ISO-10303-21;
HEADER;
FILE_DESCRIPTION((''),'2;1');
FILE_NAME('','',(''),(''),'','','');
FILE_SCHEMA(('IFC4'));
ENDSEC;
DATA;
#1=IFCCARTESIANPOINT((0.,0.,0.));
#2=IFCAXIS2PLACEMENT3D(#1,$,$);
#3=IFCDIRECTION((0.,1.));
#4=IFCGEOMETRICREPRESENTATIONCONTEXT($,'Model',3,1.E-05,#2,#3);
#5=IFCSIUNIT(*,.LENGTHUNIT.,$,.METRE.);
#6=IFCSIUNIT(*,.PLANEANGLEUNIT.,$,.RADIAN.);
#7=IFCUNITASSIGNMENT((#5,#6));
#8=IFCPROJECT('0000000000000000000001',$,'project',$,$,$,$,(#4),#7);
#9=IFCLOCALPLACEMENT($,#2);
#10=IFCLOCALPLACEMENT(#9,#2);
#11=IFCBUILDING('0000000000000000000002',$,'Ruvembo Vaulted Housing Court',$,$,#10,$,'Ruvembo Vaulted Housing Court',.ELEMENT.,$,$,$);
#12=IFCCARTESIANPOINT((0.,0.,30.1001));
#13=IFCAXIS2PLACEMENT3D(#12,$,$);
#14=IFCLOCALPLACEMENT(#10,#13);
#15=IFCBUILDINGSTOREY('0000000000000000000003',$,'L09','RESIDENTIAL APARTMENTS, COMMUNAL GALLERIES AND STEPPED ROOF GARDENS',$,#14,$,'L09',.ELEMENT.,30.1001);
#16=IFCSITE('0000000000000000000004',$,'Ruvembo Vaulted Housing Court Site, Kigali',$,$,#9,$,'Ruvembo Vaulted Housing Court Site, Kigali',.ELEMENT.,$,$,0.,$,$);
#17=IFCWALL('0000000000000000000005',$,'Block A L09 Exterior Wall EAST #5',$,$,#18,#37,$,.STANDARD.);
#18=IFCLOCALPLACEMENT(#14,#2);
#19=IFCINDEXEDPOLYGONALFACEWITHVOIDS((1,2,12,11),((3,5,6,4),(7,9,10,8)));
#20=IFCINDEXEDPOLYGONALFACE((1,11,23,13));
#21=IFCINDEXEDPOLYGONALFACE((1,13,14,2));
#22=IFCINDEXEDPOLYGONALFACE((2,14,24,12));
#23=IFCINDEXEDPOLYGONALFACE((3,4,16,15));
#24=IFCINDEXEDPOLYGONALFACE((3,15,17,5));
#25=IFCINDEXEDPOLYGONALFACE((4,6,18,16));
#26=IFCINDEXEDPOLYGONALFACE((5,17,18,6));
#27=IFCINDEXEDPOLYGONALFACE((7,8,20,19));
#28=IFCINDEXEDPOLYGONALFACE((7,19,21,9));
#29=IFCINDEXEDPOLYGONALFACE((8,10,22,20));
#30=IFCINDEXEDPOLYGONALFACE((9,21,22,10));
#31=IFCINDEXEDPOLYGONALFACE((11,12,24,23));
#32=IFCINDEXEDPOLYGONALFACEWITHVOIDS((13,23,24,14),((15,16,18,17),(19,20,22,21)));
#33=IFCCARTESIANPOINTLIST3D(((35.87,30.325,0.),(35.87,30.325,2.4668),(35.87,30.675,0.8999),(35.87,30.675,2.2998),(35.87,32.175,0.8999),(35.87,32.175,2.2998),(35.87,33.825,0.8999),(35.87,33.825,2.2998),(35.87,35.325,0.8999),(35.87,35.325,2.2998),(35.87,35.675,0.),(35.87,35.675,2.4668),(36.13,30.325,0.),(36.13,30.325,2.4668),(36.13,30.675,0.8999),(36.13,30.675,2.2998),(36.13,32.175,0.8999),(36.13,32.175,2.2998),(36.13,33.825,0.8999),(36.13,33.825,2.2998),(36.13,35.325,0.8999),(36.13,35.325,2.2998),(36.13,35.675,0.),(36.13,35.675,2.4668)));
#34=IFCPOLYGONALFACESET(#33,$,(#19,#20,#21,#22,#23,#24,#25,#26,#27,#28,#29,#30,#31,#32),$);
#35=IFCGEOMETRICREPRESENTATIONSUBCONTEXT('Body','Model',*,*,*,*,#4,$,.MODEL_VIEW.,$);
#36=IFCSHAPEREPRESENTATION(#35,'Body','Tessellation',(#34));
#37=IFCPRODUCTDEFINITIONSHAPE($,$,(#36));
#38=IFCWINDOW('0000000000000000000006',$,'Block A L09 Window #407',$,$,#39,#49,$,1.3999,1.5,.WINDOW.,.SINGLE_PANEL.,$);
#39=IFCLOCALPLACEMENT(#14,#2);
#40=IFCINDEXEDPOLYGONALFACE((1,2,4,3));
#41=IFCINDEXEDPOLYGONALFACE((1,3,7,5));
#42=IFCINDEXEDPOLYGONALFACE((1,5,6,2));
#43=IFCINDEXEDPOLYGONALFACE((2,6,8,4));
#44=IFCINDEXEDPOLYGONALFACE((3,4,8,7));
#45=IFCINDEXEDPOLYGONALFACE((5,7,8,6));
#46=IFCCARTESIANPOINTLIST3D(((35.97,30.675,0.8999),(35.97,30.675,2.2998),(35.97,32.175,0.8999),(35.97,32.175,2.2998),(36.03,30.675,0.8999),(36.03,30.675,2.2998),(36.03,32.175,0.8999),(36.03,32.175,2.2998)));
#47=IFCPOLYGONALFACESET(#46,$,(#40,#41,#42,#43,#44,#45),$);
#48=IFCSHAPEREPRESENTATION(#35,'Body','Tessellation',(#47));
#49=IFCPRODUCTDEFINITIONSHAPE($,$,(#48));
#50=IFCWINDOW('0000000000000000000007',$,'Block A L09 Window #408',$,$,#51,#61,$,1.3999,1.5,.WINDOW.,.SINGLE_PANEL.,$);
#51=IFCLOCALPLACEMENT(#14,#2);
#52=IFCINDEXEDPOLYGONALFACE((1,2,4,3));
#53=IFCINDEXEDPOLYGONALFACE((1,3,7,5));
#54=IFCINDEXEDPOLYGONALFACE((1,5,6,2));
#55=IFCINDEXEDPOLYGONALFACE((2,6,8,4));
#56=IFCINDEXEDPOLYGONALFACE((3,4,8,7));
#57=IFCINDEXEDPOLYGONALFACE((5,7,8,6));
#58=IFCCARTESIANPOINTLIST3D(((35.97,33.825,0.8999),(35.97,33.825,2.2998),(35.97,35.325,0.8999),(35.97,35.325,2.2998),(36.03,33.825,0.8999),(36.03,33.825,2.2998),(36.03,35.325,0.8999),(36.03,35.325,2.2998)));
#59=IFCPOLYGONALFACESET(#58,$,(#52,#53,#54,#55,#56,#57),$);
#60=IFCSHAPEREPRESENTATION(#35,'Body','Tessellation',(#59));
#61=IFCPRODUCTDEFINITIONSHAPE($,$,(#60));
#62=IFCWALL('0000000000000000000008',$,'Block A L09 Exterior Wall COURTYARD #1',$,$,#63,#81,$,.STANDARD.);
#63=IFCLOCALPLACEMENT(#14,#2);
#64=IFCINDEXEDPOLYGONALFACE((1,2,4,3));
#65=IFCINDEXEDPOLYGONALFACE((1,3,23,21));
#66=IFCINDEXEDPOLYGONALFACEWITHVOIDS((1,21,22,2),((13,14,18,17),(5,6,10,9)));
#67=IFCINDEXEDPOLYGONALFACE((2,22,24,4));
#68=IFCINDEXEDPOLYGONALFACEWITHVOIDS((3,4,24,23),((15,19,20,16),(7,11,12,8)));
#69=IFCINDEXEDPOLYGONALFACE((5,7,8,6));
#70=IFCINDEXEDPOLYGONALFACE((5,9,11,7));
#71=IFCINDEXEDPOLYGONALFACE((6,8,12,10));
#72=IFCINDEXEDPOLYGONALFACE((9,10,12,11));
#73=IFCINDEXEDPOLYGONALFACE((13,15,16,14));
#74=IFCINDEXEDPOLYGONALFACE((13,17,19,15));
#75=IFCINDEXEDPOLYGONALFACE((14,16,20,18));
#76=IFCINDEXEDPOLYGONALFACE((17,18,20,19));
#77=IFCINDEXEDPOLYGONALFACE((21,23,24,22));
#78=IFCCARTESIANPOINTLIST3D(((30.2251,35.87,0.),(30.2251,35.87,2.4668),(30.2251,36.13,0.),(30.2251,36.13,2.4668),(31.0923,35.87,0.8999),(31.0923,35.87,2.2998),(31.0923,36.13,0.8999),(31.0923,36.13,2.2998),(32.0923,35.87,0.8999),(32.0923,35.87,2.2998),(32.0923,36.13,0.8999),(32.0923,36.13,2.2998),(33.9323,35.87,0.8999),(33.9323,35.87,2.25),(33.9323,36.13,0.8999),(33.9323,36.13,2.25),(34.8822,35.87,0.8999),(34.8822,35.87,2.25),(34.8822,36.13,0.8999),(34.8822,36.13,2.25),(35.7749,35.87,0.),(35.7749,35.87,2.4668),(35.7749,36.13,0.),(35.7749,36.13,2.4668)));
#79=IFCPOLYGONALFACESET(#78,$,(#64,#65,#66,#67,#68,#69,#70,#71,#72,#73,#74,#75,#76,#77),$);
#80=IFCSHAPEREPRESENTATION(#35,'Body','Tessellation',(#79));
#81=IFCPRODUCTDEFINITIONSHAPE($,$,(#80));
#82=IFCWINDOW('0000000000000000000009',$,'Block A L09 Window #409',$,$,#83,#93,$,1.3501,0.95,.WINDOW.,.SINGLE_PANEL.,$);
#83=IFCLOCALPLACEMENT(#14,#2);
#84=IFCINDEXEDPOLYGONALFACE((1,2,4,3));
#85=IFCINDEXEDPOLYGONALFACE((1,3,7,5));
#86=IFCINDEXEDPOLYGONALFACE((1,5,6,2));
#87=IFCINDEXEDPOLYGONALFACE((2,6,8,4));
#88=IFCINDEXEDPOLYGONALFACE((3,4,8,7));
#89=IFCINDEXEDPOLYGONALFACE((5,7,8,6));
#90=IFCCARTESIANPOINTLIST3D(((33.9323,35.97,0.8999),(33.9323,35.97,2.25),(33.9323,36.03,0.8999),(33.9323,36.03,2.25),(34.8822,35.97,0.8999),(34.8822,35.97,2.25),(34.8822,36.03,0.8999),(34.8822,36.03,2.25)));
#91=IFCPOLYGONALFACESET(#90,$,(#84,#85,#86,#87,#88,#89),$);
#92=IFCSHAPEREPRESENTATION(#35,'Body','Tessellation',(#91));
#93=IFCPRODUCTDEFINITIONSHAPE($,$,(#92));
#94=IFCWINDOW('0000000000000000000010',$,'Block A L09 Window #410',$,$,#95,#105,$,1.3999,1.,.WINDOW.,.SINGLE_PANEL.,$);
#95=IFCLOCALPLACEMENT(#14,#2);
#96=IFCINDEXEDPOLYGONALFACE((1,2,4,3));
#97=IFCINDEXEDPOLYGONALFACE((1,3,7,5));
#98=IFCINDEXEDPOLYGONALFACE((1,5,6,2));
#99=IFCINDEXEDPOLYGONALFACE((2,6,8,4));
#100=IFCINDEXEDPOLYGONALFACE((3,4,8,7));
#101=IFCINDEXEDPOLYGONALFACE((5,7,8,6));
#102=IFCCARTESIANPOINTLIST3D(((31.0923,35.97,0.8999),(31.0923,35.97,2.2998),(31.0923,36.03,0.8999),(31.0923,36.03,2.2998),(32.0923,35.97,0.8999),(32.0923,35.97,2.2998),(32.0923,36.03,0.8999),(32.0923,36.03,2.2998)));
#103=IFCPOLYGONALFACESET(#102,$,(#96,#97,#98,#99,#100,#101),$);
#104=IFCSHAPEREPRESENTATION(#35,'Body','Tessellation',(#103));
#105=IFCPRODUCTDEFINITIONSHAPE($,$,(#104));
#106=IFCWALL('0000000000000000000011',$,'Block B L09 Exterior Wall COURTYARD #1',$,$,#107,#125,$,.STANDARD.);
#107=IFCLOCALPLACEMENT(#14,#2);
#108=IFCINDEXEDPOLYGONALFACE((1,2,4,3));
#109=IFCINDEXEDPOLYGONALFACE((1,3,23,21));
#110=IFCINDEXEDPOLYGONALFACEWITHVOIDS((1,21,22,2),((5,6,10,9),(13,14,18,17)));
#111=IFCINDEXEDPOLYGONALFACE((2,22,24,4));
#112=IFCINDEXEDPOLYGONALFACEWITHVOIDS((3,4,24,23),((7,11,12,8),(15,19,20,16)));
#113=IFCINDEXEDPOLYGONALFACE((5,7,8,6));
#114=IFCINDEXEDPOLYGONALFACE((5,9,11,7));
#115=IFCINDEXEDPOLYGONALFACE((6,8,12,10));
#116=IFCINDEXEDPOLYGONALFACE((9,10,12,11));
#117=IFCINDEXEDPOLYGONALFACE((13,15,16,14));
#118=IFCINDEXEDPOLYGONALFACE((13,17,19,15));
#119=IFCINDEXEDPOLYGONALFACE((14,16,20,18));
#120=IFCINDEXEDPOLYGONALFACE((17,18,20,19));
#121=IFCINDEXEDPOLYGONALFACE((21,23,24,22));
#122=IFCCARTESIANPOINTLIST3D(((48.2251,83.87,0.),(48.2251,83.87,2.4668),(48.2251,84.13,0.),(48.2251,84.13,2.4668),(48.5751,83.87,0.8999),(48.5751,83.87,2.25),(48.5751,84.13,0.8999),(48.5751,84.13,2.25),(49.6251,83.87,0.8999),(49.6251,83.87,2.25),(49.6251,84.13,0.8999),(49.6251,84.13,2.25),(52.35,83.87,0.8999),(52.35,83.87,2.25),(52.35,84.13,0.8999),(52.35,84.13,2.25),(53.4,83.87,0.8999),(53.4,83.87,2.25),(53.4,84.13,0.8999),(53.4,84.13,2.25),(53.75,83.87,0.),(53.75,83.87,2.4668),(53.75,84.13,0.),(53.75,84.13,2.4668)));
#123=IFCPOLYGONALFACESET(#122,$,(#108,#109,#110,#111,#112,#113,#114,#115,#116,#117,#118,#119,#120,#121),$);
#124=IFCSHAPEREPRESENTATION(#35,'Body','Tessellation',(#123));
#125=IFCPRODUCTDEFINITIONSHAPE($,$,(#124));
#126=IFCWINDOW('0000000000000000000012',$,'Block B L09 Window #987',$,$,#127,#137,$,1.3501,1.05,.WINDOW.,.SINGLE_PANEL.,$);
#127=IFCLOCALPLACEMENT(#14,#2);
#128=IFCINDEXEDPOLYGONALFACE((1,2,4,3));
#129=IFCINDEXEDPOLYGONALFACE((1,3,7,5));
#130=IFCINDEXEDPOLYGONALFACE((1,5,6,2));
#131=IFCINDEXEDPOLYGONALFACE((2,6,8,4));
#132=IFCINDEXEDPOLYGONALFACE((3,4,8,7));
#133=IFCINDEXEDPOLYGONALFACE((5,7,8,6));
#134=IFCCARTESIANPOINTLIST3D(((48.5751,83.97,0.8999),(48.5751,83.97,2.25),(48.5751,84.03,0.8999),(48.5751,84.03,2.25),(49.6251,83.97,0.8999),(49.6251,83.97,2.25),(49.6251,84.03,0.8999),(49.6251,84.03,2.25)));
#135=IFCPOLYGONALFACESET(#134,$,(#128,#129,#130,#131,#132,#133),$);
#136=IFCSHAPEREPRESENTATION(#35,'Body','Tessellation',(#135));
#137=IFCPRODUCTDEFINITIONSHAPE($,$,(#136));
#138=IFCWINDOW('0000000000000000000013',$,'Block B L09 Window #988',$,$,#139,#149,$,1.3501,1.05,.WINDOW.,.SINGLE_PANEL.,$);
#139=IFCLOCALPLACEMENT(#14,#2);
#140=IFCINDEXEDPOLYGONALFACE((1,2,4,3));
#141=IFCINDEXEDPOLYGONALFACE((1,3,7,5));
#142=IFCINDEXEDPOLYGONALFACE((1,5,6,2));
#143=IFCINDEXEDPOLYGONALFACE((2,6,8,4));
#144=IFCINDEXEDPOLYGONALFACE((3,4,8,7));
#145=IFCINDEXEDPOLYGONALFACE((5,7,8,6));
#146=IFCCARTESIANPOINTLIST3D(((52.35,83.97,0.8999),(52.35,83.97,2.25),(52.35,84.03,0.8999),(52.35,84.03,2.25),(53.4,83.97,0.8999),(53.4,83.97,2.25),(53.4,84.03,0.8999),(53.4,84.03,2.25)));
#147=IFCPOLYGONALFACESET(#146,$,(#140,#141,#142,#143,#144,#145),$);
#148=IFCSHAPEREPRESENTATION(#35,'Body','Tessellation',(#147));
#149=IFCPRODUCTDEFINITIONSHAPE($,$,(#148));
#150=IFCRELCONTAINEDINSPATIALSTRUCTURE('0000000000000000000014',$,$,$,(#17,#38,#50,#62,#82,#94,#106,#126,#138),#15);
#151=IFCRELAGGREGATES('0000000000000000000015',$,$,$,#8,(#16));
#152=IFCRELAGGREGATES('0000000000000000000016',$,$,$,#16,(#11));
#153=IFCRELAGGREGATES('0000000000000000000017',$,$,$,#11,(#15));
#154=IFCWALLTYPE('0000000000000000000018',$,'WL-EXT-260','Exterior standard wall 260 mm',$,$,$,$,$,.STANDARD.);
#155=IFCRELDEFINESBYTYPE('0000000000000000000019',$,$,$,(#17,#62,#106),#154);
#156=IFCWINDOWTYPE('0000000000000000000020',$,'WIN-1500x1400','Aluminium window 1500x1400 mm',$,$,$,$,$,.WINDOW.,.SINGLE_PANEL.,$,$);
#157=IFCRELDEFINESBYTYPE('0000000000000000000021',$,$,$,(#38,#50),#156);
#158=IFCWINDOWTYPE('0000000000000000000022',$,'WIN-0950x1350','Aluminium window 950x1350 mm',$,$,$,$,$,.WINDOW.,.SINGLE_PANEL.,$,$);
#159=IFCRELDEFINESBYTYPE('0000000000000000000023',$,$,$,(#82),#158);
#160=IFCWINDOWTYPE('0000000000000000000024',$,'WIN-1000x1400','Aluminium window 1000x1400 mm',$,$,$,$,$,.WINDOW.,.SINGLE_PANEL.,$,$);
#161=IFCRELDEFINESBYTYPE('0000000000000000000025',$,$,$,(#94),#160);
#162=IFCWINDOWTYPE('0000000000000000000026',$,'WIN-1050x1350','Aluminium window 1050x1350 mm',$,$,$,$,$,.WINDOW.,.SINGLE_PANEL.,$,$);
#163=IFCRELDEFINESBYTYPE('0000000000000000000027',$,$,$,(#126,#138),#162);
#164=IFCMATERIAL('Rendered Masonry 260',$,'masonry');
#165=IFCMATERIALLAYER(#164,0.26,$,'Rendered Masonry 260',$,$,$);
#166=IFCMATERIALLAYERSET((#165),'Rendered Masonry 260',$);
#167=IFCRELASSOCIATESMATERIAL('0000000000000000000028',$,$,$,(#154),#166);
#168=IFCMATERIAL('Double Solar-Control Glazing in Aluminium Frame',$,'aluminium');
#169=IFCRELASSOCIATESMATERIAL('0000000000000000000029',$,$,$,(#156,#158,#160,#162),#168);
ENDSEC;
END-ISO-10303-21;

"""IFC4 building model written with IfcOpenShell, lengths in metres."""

from ifc_helpers import new_model, si_unit, direction, frame, frame_2d, origin, place, context, subcontext, project, spatial, rectangle, extrude, material, layer, layer_set, type_object, element, fill, save


model = new_model("IFC4")

# Units and contexts
model_context = context("Model", 3, precision=1e-05, world=origin(), true_north=direction((0.0, 1.0)))
body_context = subcontext(model_context, "Body", "Model", "MODEL_VIEW")
ifc_project = project(units=[si_unit("LENGTHUNIT", "METRE"), si_unit("PLANEANGLEUNIT", "RADIAN")], contexts=[model_context])

# Site, building, storey
site_placement = place(None, origin())
site = spatial("IfcSite", under=ifc_project, at=site_placement, Name="Ruvembo Vaulted Housing Court Site, Kigali", LongName="Ruvembo Vaulted Housing Court Site, Kigali", CompositionType="ELEMENT", RefElevation=0.0)
building_placement = place(site_placement, origin())
building = spatial("IfcBuilding", under=site, at=building_placement, Name="Ruvembo Vaulted Housing Court", LongName="Ruvembo Vaulted Housing Court", CompositionType="ELEMENT")
storey_placement = place(building_placement, frame((0.0, 0.0, 30.1001)))
storey = spatial("IfcBuildingStorey", under=building, at=storey_placement, Name="L09", Description="RESIDENTIAL APARTMENTS, COMMUNAL GALLERIES AND STEPPED ROOF GARDENS", LongName="L09", CompositionType="ELEMENT", Elevation=30.1001)

# Walls, openings, windows
ifc_material_1 = material(Name="Rendered Masonry 260", Category="masonry")
ifc_layer = layer(ifc_material_1, 0.26, Name="Rendered Masonry 260")
ifc_layer_set = layer_set([ifc_layer], Name="Rendered Masonry 260")
wall_type = type_object("IfcWallType", Name="WL-EXT-260", Description="Exterior standard wall 260 mm", PredefinedType="STANDARD", material=ifc_layer_set)
wall_1_placement = place(storey_placement, frame((36.0, 30.325, 0.0), z_axis=(0.0, 0.0, 1.0), x_axis=(0.0, 1.0, 0.0)))
wall_1 = element("IfcWall", 1, at=wall_1_placement, inside=storey, type_object=wall_type, Name="Block A L09 Exterior Wall EAST #5", PredefinedType="STANDARD", context=body_context, shape_type="SweptSolid", body=[
    extrude(rectangle(XDim=5.3501, YDim=0.26, at=frame_2d((2.675, 0.0))), origin(), (0.0, 0.0, 1.0), 2.4668),
])
opening_1_placement = place(wall_1_placement, frame((0.3501, 0.0, 0.8999)))
opening_1 = element("IfcOpeningElement", 2, at=opening_1_placement, cuts=wall_1, PredefinedType="OPENING", context=body_context, shape_type="SweptSolid", body=[
    extrude(rectangle(XDim=1.5, YDim=1.3999, at=frame_2d((0.75, 0.7))), frame((0.0, 0.1399, 0.0), z_axis=(0.0, -1.0, 0.0), x_axis=(1.0, 0.0, 0.0)), (0.0, 0.0, 1.0), 0.28),
])
opening_2_placement = place(wall_1_placement, frame((3.5, 0.0, 0.8999)))
opening_2 = element("IfcOpeningElement", 3, at=opening_2_placement, cuts=wall_1, PredefinedType="OPENING", context=body_context, shape_type="SweptSolid", body=[
    extrude(rectangle(XDim=1.5, YDim=1.3999, at=frame_2d((0.75, 0.7))), frame((0.0, 0.1399, 0.0), z_axis=(0.0, -1.0, 0.0), x_axis=(1.0, 0.0, 0.0)), (0.0, 0.0, 1.0), 0.28),
])
ifc_material_2 = material(Name="Double Solar-Control Glazing in Aluminium Frame", Category="aluminium")
window_type_1 = type_object("IfcWindowType", Name="WIN-1500x1400", Description="Aluminium window 1500x1400 mm", PartitioningType="SINGLE_PANEL", PredefinedType="WINDOW", material=ifc_material_2)
window_1_placement = place(opening_1_placement, origin())
window_1 = element("IfcWindow", 4, at=window_1_placement, inside=storey, type_object=window_type_1, Name="Block A L09 Window #407", OverallHeight=1.3999, OverallWidth=1.5, PartitioningType="SINGLE_PANEL", PredefinedType="WINDOW", context=body_context, shape_type="SweptSolid", body=[
    extrude(rectangle(XDim=1.5, YDim=1.3999, at=frame_2d((0.75, 0.7))), frame((0.0, 0.03, 0.0), z_axis=(0.0, -1.0, 0.0), x_axis=(1.0, 0.0, 0.0)), (0.0, 0.0, 1.0), 0.0601),
])
fill(opening_1, window_1)
window_2_placement = place(opening_2_placement, origin())
window_2 = element("IfcWindow", 5, at=window_2_placement, inside=storey, type_object=window_type_1, Name="Block A L09 Window #408", OverallHeight=1.3999, OverallWidth=1.5, PartitioningType="SINGLE_PANEL", PredefinedType="WINDOW", context=body_context, shape_type="SweptSolid", body=[
    extrude(rectangle(XDim=1.5, YDim=1.3999, at=frame_2d((0.75, 0.7))), frame((0.0, 0.03, 0.0), z_axis=(0.0, -1.0, 0.0), x_axis=(1.0, 0.0, 0.0)), (0.0, 0.0, 1.0), 0.0601),
])
fill(opening_2, window_2)
wall_2_placement = place(storey_placement, frame((35.7749, 36.0, 0.0), z_axis=(0.0, 0.0, 1.0), x_axis=(-1.0, 0.0, 0.0)))
wall_2 = element("IfcWall", 6, at=wall_2_placement, inside=storey, type_object=wall_type, Name="Block A L09 Exterior Wall COURTYARD #1", PredefinedType="STANDARD", context=body_context, shape_type="SweptSolid", body=[
    extrude(rectangle(XDim=5.5498, YDim=0.26, at=frame_2d((2.7749, 0.0))), origin(), (0.0, 0.0, 1.0), 2.4668),
])
opening_3_placement = place(wall_2_placement, frame((0.8926, 0.0, 0.8999)))
opening_3 = element("IfcOpeningElement", 7, at=opening_3_placement, cuts=wall_2, PredefinedType="OPENING", context=body_context, shape_type="SweptSolid", body=[
    extrude(rectangle(XDim=0.95, YDim=1.3501, at=frame_2d((0.4751, 0.675))), frame((0.0, 0.1399, 0.0), z_axis=(0.0, -1.0, 0.0), x_axis=(1.0, 0.0, 0.0)), (0.0, 0.0, 1.0), 0.28),
])
opening_4_placement = place(wall_2_placement, frame((3.6826, 0.0, 0.8999)))
opening_4 = element("IfcOpeningElement", 8, at=opening_4_placement, cuts=wall_2, PredefinedType="OPENING", context=body_context, shape_type="SweptSolid", body=[
    extrude(rectangle(XDim=1.0, YDim=1.3999, at=frame_2d((0.5, 0.7))), frame((0.0, 0.1399, 0.0), z_axis=(0.0, -1.0, 0.0), x_axis=(1.0, 0.0, 0.0)), (0.0, 0.0, 1.0), 0.28),
])
window_type_2 = type_object("IfcWindowType", Name="WIN-0950x1350", Description="Aluminium window 950x1350 mm", PartitioningType="SINGLE_PANEL", PredefinedType="WINDOW", material=ifc_material_2)
window_3_placement = place(opening_3_placement, origin())
window_3 = element("IfcWindow", 9, at=window_3_placement, inside=storey, type_object=window_type_2, Name="Block A L09 Window #409", OverallHeight=1.3501, OverallWidth=0.95, PartitioningType="SINGLE_PANEL", PredefinedType="WINDOW", context=body_context, shape_type="SweptSolid", body=[
    extrude(rectangle(XDim=0.95, YDim=1.3501, at=frame_2d((0.4751, 0.675))), frame((0.0, 0.03, 0.0), z_axis=(0.0, -1.0, 0.0), x_axis=(1.0, 0.0, 0.0)), (0.0, 0.0, 1.0), 0.0601),
])
fill(opening_3, window_3)
window_type_3 = type_object("IfcWindowType", Name="WIN-1000x1400", Description="Aluminium window 1000x1400 mm", PartitioningType="SINGLE_PANEL", PredefinedType="WINDOW", material=ifc_material_2)
window_4_placement = place(opening_4_placement, origin())
window_4 = element("IfcWindow", 10, at=window_4_placement, inside=storey, type_object=window_type_3, Name="Block A L09 Window #410", OverallHeight=1.3999, OverallWidth=1.0, PartitioningType="SINGLE_PANEL", PredefinedType="WINDOW", context=body_context, shape_type="SweptSolid", body=[
    extrude(rectangle(XDim=1.0, YDim=1.3999, at=frame_2d((0.5, 0.7))), frame((0.0, 0.03, 0.0), z_axis=(0.0, -1.0, 0.0), x_axis=(1.0, 0.0, 0.0)), (0.0, 0.0, 1.0), 0.0601),
])
fill(opening_4, window_4)
wall_3_placement = place(storey_placement, frame((48.2251, 84.0, 0.0), z_axis=(0.0, 0.0, 1.0), x_axis=(1.0, 0.0, 0.0)))
wall_3 = element("IfcWall", 11, at=wall_3_placement, inside=storey, type_object=wall_type, Name="Block B L09 Exterior Wall COURTYARD #1", PredefinedType="STANDARD", context=body_context, shape_type="SweptSolid", body=[
    extrude(rectangle(XDim=5.5249, YDim=0.26, at=frame_2d((2.7625, 0.0))), origin(), (0.0, 0.0, 1.0), 2.4668),
])
opening_5_placement = place(wall_3_placement, frame((0.3501, 0.0, 0.8999)))
opening_5 = element("IfcOpeningElement", 12, at=opening_5_placement, cuts=wall_3, PredefinedType="OPENING", context=body_context, shape_type="SweptSolid", body=[
    extrude(rectangle(XDim=1.05, YDim=1.3501, at=frame_2d((0.5249, 0.675))), frame((0.0, 0.1399, 0.0), z_axis=(0.0, -1.0, 0.0), x_axis=(1.0, 0.0, 0.0)), (0.0, 0.0, 1.0), 0.28),
])
opening_6_placement = place(wall_3_placement, frame((4.125, 0.0, 0.8999)))
opening_6 = element("IfcOpeningElement", 13, at=opening_6_placement, cuts=wall_3, PredefinedType="OPENING", context=body_context, shape_type="SweptSolid", body=[
    extrude(rectangle(XDim=1.05, YDim=1.3501, at=frame_2d((0.5249, 0.675))), frame((0.0, 0.1399, 0.0), z_axis=(0.0, -1.0, 0.0), x_axis=(1.0, 0.0, 0.0)), (0.0, 0.0, 1.0), 0.28),
])
window_type_4 = type_object("IfcWindowType", Name="WIN-1050x1350", Description="Aluminium window 1050x1350 mm", PartitioningType="SINGLE_PANEL", PredefinedType="WINDOW", material=ifc_material_2)
window_5_placement = place(opening_5_placement, origin())
window_5 = element("IfcWindow", 14, at=window_5_placement, inside=storey, type_object=window_type_4, Name="Block B L09 Window #987", OverallHeight=1.3501, OverallWidth=1.05, PartitioningType="SINGLE_PANEL", PredefinedType="WINDOW", context=body_context, shape_type="SweptSolid", body=[
    extrude(rectangle(XDim=1.05, YDim=1.3501, at=frame_2d((0.5249, 0.675))), frame((0.0, 0.03, 0.0), z_axis=(0.0, -1.0, 0.0), x_axis=(1.0, 0.0, 0.0)), (0.0, 0.0, 1.0), 0.0601),
])
fill(opening_5, window_5)
window_6_placement = place(opening_6_placement, origin())
window_6 = element("IfcWindow", 15, at=window_6_placement, inside=storey, type_object=window_type_4, Name="Block B L09 Window #988", OverallHeight=1.3501, OverallWidth=1.05, PartitioningType="SINGLE_PANEL", PredefinedType="WINDOW", context=body_context, shape_type="SweptSolid", body=[
    extrude(rectangle(XDim=1.05, YDim=1.3501, at=frame_2d((0.5249, 0.675))), frame((0.0, 0.03, 0.0), z_axis=(0.0, -1.0, 0.0), x_axis=(1.0, 0.0, 0.0)), (0.0, 0.0, 1.0), 0.0601),
])
fill(opening_6, window_6)

save(model, "model.ifc")
